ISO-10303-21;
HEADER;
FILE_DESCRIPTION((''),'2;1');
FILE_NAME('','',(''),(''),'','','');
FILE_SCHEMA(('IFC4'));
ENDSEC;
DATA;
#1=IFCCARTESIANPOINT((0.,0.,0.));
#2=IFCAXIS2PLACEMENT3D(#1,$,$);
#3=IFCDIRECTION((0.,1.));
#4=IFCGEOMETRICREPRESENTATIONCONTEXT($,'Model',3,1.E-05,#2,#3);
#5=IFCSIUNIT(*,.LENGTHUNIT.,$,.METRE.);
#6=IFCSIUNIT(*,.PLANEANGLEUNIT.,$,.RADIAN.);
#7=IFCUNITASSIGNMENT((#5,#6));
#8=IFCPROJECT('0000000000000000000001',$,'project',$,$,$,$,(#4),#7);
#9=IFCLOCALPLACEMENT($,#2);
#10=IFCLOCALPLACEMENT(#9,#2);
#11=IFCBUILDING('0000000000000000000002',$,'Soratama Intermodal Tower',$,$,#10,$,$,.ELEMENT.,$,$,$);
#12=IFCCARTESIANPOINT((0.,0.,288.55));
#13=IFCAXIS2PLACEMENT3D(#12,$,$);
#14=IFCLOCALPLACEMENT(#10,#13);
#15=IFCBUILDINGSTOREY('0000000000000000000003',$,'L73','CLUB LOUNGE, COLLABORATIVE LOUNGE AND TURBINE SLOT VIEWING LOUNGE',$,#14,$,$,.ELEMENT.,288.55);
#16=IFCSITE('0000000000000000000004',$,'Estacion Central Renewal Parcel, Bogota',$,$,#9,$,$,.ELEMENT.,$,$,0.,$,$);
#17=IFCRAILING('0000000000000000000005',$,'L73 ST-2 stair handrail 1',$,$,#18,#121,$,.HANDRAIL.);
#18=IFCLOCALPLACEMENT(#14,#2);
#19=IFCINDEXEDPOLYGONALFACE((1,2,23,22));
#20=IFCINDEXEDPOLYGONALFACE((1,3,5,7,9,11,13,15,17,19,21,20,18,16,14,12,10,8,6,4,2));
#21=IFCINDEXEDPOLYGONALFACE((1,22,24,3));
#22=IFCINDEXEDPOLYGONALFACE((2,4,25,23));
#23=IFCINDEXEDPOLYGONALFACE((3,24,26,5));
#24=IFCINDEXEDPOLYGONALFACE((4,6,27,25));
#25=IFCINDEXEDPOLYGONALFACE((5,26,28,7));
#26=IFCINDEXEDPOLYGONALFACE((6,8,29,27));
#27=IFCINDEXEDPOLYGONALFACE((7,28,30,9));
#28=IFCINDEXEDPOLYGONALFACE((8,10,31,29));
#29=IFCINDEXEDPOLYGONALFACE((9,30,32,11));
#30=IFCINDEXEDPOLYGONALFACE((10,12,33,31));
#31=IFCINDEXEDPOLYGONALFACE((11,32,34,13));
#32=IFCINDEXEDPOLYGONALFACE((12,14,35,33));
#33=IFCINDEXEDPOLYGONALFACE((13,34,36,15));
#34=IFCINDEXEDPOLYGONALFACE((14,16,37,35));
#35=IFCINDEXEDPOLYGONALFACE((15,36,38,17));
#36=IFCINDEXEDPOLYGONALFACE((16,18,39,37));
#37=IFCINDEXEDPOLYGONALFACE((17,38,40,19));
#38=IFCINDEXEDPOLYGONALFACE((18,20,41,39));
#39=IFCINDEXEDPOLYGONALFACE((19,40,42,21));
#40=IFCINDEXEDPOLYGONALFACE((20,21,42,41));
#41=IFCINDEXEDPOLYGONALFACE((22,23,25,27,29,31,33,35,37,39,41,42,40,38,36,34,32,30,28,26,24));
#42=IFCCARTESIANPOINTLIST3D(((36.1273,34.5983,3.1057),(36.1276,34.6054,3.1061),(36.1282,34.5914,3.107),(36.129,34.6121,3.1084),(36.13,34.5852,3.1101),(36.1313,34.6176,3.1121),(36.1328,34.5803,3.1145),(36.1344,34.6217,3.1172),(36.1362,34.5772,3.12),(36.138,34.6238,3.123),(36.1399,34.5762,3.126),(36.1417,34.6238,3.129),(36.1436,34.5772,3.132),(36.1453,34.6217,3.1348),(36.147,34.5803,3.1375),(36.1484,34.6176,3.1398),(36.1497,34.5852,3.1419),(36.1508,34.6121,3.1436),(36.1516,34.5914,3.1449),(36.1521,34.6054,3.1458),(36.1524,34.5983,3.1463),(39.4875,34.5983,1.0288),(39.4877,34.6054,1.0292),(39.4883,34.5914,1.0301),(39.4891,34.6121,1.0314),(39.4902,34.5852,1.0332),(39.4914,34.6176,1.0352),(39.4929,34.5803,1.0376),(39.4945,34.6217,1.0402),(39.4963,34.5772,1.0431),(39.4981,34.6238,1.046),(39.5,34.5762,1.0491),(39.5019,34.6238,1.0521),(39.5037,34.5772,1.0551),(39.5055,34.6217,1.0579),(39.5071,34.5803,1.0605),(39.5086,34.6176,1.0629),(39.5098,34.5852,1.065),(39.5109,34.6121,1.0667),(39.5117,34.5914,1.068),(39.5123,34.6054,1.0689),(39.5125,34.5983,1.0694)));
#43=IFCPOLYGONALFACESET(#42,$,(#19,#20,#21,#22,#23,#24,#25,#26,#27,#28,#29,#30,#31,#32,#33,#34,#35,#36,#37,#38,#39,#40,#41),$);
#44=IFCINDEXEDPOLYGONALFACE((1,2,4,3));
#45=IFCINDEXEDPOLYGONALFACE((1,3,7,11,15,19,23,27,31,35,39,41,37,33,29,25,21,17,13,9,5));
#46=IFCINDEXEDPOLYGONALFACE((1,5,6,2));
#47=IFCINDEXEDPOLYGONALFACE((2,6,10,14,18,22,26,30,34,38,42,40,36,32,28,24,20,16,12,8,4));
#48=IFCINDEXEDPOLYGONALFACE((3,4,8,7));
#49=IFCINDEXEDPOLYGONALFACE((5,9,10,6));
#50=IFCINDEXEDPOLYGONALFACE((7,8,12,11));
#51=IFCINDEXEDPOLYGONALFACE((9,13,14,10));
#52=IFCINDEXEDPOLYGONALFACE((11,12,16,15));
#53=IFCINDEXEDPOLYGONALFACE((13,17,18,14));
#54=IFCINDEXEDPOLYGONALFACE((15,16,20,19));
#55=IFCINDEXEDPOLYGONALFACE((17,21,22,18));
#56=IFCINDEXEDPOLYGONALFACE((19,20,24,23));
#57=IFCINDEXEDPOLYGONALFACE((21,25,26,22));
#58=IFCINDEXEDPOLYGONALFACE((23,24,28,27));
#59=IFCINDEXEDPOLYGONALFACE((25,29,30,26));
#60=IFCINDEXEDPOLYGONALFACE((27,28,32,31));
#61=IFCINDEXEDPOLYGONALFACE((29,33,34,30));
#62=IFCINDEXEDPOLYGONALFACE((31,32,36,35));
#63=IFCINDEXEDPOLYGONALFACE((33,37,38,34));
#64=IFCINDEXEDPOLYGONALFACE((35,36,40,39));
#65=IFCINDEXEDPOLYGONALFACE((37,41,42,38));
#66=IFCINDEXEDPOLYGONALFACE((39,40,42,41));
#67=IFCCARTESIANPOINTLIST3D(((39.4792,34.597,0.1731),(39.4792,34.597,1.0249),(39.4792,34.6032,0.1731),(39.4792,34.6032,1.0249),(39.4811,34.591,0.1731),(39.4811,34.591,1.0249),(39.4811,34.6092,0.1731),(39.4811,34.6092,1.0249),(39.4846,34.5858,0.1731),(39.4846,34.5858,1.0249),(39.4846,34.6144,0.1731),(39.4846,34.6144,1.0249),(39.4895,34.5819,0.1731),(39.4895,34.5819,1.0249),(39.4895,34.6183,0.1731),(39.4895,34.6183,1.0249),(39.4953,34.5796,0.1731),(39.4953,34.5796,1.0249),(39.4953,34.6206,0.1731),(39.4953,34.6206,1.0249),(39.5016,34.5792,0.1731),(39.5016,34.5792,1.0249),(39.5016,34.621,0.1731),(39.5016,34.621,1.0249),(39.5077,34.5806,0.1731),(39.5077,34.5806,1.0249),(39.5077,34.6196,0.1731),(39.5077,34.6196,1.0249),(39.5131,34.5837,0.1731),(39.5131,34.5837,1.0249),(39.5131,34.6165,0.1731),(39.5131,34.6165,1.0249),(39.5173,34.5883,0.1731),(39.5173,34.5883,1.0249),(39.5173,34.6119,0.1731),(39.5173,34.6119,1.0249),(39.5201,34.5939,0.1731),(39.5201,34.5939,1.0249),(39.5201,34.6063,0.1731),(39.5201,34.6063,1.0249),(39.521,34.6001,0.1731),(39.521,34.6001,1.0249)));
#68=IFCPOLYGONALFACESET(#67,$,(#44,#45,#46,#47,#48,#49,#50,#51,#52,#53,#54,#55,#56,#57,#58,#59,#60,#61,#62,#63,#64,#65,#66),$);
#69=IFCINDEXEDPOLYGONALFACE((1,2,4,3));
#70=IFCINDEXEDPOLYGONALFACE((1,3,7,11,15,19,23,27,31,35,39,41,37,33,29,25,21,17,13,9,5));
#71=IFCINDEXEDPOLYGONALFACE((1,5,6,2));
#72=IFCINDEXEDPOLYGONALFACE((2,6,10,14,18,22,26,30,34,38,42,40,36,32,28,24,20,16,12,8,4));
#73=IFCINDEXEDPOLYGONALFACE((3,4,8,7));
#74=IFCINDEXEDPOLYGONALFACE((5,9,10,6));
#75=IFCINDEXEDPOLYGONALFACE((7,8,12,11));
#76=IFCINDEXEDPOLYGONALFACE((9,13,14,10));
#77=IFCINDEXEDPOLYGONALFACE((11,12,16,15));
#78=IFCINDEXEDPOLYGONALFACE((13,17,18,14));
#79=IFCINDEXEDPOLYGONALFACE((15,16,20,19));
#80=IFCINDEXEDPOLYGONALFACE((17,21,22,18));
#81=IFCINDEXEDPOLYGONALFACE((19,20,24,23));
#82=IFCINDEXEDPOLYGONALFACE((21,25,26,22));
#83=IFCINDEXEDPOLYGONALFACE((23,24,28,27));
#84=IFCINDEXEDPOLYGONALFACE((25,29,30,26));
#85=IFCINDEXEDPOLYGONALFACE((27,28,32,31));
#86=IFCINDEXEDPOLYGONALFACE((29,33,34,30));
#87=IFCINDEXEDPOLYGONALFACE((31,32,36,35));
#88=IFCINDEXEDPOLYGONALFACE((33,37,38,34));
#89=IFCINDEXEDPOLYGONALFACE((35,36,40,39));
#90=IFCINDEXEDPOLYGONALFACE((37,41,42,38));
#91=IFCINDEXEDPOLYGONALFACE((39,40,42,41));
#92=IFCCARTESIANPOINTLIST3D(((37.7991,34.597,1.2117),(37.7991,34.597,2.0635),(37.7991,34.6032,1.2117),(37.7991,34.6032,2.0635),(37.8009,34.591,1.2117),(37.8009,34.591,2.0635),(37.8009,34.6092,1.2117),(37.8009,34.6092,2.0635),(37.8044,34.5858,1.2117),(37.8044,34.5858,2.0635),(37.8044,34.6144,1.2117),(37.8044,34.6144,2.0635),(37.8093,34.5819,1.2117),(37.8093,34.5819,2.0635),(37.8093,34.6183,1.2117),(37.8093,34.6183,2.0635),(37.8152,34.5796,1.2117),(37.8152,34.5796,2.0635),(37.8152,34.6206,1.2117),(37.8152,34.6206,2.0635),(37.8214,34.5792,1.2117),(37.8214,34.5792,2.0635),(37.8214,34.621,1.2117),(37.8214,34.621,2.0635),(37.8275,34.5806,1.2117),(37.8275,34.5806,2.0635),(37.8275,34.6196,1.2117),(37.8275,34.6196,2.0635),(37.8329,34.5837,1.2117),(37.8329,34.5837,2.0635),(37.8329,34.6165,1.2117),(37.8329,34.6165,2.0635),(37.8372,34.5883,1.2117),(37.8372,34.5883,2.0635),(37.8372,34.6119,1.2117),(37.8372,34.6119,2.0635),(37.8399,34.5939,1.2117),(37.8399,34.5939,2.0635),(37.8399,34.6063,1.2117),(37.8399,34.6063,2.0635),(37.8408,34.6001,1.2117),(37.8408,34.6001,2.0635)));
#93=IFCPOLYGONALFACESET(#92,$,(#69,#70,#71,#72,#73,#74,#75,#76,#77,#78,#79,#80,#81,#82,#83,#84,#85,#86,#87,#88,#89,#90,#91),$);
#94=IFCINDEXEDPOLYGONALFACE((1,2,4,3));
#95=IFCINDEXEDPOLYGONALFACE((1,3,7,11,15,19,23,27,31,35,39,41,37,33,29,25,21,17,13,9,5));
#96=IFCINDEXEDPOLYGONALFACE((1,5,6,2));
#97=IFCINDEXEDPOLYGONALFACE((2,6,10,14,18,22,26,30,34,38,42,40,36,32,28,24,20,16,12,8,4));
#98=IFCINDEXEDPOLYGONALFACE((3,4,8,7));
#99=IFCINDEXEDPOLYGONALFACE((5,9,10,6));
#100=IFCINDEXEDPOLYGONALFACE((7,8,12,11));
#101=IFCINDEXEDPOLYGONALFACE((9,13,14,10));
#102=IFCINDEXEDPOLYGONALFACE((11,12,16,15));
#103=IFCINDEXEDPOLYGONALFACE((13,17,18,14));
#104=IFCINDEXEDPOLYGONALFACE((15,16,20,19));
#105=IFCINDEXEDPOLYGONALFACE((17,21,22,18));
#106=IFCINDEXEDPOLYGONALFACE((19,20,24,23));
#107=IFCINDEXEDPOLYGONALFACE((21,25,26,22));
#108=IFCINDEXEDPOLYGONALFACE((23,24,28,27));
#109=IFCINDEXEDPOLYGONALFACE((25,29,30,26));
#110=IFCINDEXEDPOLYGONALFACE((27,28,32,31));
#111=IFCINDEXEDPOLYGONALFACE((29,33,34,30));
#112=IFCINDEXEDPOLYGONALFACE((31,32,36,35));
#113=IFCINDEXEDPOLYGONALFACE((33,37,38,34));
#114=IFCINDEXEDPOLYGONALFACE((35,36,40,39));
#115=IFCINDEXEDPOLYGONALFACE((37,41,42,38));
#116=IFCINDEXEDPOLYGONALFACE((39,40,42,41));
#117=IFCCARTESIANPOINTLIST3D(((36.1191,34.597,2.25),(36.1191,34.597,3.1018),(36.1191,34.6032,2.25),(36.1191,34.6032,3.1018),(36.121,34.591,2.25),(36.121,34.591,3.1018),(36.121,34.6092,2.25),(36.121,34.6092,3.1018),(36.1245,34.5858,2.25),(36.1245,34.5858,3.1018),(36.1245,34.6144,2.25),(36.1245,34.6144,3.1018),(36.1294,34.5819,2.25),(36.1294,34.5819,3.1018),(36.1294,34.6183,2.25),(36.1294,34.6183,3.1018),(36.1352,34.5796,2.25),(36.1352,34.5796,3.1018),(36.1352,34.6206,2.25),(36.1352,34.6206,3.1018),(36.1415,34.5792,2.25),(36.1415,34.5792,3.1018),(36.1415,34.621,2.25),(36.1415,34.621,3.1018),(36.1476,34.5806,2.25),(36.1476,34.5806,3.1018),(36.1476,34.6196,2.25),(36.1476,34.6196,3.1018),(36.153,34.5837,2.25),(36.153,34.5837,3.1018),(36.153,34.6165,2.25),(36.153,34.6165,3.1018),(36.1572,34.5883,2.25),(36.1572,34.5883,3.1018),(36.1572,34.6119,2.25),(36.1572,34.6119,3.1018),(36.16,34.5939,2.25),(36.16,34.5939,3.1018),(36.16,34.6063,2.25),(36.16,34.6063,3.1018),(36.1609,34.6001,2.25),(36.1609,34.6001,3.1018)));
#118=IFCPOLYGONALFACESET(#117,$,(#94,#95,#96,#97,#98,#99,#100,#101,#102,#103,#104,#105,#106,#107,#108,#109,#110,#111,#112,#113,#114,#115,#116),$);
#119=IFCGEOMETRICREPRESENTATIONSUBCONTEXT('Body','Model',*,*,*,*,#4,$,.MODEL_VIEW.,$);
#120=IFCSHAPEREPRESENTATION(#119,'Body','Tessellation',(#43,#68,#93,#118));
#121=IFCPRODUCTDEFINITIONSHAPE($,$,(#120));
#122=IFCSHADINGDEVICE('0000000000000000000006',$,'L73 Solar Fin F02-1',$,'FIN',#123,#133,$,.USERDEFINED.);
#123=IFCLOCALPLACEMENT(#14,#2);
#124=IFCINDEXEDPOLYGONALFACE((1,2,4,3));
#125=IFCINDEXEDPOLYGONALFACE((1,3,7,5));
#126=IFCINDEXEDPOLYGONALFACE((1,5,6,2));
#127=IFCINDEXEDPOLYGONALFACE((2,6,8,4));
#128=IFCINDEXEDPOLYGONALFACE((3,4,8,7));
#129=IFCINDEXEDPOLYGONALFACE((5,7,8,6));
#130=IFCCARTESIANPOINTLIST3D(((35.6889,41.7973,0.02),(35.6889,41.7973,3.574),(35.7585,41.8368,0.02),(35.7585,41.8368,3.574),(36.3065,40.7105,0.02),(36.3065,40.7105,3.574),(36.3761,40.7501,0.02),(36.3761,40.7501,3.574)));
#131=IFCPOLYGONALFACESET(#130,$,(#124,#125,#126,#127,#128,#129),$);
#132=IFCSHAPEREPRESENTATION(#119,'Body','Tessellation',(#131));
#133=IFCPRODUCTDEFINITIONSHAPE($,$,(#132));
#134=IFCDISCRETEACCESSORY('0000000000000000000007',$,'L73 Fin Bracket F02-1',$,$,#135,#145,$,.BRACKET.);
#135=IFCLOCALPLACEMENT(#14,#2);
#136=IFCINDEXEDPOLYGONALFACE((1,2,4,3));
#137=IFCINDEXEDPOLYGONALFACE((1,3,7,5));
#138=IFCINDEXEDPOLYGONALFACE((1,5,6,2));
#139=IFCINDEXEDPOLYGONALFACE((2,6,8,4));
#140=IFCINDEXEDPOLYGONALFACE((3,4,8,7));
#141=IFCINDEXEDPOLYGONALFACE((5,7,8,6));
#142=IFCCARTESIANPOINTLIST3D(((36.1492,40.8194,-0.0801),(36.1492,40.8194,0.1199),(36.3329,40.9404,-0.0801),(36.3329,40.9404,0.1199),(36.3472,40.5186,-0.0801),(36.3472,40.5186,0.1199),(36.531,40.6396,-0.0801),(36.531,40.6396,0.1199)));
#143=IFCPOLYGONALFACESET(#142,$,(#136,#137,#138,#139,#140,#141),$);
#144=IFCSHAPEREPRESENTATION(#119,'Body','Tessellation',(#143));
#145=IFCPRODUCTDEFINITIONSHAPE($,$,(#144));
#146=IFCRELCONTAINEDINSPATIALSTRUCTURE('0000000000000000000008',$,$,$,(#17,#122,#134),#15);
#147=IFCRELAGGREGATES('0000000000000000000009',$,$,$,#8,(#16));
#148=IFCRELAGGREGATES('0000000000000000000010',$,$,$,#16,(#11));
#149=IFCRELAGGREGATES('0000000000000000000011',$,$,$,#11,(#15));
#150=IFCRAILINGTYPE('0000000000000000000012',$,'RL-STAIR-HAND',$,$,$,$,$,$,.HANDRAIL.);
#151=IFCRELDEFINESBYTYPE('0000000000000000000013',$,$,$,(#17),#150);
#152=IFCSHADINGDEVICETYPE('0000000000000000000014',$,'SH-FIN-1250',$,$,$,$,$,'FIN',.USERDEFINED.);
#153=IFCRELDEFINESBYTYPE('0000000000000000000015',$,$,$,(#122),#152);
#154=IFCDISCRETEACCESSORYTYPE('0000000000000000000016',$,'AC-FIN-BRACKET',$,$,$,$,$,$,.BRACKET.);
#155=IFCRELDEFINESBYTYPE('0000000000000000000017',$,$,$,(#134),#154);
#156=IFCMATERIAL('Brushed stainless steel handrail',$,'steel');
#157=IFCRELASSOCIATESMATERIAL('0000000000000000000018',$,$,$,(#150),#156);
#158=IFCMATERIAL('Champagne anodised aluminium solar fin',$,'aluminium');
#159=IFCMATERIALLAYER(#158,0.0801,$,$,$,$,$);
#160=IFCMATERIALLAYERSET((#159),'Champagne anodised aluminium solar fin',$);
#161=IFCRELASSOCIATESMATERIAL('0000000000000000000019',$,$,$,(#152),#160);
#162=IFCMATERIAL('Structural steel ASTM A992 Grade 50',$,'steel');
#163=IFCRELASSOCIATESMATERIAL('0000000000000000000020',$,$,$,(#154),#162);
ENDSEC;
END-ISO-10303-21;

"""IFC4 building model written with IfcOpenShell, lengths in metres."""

from ifc_helpers import new_model, si_unit, direction, frame, origin, origin_2d, place, context, subcontext, project, spatial, rectangle, circle, extrude, material, layer, layer_set, type_object, element, save


model = new_model("IFC4")

# Units and contexts
model_context = context("Model", 3, precision=1e-05, world=origin(), true_north=direction((0.0, 1.0)))
body_context = subcontext(model_context, "Body", "Model", "MODEL_VIEW")
ifc_project = project(units=[si_unit("LENGTHUNIT", "METRE"), si_unit("PLANEANGLEUNIT", "RADIAN")], contexts=[model_context])

# Site, building, storey
site_placement = place(None, origin())
site = spatial("IfcSite", under=ifc_project, at=site_placement, Name="Estacion Central Renewal Parcel, Bogota", CompositionType="ELEMENT", RefElevation=0.0)
building_placement = place(site_placement, origin())
building = spatial("IfcBuilding", under=site, at=building_placement, Name="Soratama Intermodal Tower", CompositionType="ELEMENT")
storey_placement = place(building_placement, frame((0.0, 0.0, 288.55)))
storey = spatial("IfcBuildingStorey", under=building, at=storey_placement, Name="L73", Description="CLUB LOUNGE, COLLABORATIVE LOUNGE AND TURBINE SLOT VIEWING LOUNGE", CompositionType="ELEMENT", Elevation=288.55)

# Railing
ifc_material_1 = material(Name="Brushed stainless steel handrail", Category="steel")
railing_type_1 = type_object("IfcRailingType", Name="RL-STAIR-HAND", PredefinedType="HANDRAIL", material=ifc_material_1)
railing_1_placement = place(storey_placement, frame((39.5, 34.6001, 0.1731)))
element("IfcRailing", 1, at=railing_1_placement, inside=storey, type_object=railing_type_1, Name="L73 ST-2 stair handrail 1", PredefinedType="HANDRAIL", context=body_context, shape_type="SweptSolid", body=[
    extrude(circle(Radius=0.0239, at=origin_2d()), frame((0.0, 0.0, 0.876), z_axis=(-0.850623, 0.0, 0.525776), x_axis=(0.0, -1.0, 0.0)), (0.0, 0.0, 1.0), 3.9502),
    extrude(circle(Radius=0.021, at=origin_2d()), origin(), (0.0, 0.0, 1.0), 0.8518),
    extrude(circle(Radius=0.021, at=origin_2d()), frame((-1.6802, 0.0, 1.0386)), (0.0, 0.0, 1.0), 0.8518),
    extrude(circle(Radius=0.021, at=origin_2d()), frame((-3.3601, 0.0, 2.0769)), (0.0, 0.0, 1.0), 0.8518),
])

# Shading device
ifc_material_2 = material(Name="Champagne anodised aluminium solar fin", Category="aluminium")
ifc_layer_1 = layer(ifc_material_2, 0.0801)
ifc_layer_set_1 = layer_set([ifc_layer_1], Name="Champagne anodised aluminium solar fin")
shading_device_type = type_object("IfcShadingDeviceType", Name="SH-FIN-1250", ElementType="FIN", PredefinedType="USERDEFINED", material=ifc_layer_set_1)
shading_device_placement = place(storey_placement, frame((36.0325, 41.2737, 0.02), z_axis=(0.0, 0.0, 1.0), x_axis=(-0.494094, 0.869409, 0.0)))
element("IfcShadingDevice", 2, at=shading_device_placement, inside=storey, type_object=shading_device_type, Name="L73 Solar Fin F02-1", ObjectType="FIN", PredefinedType="USERDEFINED", context=body_context, shape_type="SweptSolid", body=[
    extrude(rectangle(XDim=1.25, YDim=0.0801, at=origin_2d()), origin(), (0.0, 0.0, 1.0), 3.554),
])

# Discrete accessory
ifc_material_3 = material(Name="Structural steel ASTM A992 Grade 50", Category="steel")
discrete_accessory_type = type_object("IfcDiscreteAccessoryType", Name="AC-FIN-BRACKET", PredefinedType="BRACKET", material=ifc_material_3)
discrete_accessory_placement = place(storey_placement, frame((36.3401, 40.7295, -0.0801), z_axis=(0.0, 0.0, 1.0), x_axis=(-0.549898, 0.835232, 0.0)))
element("IfcDiscreteAccessory", 3, at=discrete_accessory_placement, inside=storey, type_object=discrete_accessory_type, Name="L73 Fin Bracket F02-1", PredefinedType="BRACKET", context=body_context, shape_type="SweptSolid", body=[
    extrude(rectangle(XDim=0.3601, YDim=0.22, at=origin_2d()), origin(), (0.0, 0.0, 1.0), 0.2),
])

save(model, "model.ifc")
